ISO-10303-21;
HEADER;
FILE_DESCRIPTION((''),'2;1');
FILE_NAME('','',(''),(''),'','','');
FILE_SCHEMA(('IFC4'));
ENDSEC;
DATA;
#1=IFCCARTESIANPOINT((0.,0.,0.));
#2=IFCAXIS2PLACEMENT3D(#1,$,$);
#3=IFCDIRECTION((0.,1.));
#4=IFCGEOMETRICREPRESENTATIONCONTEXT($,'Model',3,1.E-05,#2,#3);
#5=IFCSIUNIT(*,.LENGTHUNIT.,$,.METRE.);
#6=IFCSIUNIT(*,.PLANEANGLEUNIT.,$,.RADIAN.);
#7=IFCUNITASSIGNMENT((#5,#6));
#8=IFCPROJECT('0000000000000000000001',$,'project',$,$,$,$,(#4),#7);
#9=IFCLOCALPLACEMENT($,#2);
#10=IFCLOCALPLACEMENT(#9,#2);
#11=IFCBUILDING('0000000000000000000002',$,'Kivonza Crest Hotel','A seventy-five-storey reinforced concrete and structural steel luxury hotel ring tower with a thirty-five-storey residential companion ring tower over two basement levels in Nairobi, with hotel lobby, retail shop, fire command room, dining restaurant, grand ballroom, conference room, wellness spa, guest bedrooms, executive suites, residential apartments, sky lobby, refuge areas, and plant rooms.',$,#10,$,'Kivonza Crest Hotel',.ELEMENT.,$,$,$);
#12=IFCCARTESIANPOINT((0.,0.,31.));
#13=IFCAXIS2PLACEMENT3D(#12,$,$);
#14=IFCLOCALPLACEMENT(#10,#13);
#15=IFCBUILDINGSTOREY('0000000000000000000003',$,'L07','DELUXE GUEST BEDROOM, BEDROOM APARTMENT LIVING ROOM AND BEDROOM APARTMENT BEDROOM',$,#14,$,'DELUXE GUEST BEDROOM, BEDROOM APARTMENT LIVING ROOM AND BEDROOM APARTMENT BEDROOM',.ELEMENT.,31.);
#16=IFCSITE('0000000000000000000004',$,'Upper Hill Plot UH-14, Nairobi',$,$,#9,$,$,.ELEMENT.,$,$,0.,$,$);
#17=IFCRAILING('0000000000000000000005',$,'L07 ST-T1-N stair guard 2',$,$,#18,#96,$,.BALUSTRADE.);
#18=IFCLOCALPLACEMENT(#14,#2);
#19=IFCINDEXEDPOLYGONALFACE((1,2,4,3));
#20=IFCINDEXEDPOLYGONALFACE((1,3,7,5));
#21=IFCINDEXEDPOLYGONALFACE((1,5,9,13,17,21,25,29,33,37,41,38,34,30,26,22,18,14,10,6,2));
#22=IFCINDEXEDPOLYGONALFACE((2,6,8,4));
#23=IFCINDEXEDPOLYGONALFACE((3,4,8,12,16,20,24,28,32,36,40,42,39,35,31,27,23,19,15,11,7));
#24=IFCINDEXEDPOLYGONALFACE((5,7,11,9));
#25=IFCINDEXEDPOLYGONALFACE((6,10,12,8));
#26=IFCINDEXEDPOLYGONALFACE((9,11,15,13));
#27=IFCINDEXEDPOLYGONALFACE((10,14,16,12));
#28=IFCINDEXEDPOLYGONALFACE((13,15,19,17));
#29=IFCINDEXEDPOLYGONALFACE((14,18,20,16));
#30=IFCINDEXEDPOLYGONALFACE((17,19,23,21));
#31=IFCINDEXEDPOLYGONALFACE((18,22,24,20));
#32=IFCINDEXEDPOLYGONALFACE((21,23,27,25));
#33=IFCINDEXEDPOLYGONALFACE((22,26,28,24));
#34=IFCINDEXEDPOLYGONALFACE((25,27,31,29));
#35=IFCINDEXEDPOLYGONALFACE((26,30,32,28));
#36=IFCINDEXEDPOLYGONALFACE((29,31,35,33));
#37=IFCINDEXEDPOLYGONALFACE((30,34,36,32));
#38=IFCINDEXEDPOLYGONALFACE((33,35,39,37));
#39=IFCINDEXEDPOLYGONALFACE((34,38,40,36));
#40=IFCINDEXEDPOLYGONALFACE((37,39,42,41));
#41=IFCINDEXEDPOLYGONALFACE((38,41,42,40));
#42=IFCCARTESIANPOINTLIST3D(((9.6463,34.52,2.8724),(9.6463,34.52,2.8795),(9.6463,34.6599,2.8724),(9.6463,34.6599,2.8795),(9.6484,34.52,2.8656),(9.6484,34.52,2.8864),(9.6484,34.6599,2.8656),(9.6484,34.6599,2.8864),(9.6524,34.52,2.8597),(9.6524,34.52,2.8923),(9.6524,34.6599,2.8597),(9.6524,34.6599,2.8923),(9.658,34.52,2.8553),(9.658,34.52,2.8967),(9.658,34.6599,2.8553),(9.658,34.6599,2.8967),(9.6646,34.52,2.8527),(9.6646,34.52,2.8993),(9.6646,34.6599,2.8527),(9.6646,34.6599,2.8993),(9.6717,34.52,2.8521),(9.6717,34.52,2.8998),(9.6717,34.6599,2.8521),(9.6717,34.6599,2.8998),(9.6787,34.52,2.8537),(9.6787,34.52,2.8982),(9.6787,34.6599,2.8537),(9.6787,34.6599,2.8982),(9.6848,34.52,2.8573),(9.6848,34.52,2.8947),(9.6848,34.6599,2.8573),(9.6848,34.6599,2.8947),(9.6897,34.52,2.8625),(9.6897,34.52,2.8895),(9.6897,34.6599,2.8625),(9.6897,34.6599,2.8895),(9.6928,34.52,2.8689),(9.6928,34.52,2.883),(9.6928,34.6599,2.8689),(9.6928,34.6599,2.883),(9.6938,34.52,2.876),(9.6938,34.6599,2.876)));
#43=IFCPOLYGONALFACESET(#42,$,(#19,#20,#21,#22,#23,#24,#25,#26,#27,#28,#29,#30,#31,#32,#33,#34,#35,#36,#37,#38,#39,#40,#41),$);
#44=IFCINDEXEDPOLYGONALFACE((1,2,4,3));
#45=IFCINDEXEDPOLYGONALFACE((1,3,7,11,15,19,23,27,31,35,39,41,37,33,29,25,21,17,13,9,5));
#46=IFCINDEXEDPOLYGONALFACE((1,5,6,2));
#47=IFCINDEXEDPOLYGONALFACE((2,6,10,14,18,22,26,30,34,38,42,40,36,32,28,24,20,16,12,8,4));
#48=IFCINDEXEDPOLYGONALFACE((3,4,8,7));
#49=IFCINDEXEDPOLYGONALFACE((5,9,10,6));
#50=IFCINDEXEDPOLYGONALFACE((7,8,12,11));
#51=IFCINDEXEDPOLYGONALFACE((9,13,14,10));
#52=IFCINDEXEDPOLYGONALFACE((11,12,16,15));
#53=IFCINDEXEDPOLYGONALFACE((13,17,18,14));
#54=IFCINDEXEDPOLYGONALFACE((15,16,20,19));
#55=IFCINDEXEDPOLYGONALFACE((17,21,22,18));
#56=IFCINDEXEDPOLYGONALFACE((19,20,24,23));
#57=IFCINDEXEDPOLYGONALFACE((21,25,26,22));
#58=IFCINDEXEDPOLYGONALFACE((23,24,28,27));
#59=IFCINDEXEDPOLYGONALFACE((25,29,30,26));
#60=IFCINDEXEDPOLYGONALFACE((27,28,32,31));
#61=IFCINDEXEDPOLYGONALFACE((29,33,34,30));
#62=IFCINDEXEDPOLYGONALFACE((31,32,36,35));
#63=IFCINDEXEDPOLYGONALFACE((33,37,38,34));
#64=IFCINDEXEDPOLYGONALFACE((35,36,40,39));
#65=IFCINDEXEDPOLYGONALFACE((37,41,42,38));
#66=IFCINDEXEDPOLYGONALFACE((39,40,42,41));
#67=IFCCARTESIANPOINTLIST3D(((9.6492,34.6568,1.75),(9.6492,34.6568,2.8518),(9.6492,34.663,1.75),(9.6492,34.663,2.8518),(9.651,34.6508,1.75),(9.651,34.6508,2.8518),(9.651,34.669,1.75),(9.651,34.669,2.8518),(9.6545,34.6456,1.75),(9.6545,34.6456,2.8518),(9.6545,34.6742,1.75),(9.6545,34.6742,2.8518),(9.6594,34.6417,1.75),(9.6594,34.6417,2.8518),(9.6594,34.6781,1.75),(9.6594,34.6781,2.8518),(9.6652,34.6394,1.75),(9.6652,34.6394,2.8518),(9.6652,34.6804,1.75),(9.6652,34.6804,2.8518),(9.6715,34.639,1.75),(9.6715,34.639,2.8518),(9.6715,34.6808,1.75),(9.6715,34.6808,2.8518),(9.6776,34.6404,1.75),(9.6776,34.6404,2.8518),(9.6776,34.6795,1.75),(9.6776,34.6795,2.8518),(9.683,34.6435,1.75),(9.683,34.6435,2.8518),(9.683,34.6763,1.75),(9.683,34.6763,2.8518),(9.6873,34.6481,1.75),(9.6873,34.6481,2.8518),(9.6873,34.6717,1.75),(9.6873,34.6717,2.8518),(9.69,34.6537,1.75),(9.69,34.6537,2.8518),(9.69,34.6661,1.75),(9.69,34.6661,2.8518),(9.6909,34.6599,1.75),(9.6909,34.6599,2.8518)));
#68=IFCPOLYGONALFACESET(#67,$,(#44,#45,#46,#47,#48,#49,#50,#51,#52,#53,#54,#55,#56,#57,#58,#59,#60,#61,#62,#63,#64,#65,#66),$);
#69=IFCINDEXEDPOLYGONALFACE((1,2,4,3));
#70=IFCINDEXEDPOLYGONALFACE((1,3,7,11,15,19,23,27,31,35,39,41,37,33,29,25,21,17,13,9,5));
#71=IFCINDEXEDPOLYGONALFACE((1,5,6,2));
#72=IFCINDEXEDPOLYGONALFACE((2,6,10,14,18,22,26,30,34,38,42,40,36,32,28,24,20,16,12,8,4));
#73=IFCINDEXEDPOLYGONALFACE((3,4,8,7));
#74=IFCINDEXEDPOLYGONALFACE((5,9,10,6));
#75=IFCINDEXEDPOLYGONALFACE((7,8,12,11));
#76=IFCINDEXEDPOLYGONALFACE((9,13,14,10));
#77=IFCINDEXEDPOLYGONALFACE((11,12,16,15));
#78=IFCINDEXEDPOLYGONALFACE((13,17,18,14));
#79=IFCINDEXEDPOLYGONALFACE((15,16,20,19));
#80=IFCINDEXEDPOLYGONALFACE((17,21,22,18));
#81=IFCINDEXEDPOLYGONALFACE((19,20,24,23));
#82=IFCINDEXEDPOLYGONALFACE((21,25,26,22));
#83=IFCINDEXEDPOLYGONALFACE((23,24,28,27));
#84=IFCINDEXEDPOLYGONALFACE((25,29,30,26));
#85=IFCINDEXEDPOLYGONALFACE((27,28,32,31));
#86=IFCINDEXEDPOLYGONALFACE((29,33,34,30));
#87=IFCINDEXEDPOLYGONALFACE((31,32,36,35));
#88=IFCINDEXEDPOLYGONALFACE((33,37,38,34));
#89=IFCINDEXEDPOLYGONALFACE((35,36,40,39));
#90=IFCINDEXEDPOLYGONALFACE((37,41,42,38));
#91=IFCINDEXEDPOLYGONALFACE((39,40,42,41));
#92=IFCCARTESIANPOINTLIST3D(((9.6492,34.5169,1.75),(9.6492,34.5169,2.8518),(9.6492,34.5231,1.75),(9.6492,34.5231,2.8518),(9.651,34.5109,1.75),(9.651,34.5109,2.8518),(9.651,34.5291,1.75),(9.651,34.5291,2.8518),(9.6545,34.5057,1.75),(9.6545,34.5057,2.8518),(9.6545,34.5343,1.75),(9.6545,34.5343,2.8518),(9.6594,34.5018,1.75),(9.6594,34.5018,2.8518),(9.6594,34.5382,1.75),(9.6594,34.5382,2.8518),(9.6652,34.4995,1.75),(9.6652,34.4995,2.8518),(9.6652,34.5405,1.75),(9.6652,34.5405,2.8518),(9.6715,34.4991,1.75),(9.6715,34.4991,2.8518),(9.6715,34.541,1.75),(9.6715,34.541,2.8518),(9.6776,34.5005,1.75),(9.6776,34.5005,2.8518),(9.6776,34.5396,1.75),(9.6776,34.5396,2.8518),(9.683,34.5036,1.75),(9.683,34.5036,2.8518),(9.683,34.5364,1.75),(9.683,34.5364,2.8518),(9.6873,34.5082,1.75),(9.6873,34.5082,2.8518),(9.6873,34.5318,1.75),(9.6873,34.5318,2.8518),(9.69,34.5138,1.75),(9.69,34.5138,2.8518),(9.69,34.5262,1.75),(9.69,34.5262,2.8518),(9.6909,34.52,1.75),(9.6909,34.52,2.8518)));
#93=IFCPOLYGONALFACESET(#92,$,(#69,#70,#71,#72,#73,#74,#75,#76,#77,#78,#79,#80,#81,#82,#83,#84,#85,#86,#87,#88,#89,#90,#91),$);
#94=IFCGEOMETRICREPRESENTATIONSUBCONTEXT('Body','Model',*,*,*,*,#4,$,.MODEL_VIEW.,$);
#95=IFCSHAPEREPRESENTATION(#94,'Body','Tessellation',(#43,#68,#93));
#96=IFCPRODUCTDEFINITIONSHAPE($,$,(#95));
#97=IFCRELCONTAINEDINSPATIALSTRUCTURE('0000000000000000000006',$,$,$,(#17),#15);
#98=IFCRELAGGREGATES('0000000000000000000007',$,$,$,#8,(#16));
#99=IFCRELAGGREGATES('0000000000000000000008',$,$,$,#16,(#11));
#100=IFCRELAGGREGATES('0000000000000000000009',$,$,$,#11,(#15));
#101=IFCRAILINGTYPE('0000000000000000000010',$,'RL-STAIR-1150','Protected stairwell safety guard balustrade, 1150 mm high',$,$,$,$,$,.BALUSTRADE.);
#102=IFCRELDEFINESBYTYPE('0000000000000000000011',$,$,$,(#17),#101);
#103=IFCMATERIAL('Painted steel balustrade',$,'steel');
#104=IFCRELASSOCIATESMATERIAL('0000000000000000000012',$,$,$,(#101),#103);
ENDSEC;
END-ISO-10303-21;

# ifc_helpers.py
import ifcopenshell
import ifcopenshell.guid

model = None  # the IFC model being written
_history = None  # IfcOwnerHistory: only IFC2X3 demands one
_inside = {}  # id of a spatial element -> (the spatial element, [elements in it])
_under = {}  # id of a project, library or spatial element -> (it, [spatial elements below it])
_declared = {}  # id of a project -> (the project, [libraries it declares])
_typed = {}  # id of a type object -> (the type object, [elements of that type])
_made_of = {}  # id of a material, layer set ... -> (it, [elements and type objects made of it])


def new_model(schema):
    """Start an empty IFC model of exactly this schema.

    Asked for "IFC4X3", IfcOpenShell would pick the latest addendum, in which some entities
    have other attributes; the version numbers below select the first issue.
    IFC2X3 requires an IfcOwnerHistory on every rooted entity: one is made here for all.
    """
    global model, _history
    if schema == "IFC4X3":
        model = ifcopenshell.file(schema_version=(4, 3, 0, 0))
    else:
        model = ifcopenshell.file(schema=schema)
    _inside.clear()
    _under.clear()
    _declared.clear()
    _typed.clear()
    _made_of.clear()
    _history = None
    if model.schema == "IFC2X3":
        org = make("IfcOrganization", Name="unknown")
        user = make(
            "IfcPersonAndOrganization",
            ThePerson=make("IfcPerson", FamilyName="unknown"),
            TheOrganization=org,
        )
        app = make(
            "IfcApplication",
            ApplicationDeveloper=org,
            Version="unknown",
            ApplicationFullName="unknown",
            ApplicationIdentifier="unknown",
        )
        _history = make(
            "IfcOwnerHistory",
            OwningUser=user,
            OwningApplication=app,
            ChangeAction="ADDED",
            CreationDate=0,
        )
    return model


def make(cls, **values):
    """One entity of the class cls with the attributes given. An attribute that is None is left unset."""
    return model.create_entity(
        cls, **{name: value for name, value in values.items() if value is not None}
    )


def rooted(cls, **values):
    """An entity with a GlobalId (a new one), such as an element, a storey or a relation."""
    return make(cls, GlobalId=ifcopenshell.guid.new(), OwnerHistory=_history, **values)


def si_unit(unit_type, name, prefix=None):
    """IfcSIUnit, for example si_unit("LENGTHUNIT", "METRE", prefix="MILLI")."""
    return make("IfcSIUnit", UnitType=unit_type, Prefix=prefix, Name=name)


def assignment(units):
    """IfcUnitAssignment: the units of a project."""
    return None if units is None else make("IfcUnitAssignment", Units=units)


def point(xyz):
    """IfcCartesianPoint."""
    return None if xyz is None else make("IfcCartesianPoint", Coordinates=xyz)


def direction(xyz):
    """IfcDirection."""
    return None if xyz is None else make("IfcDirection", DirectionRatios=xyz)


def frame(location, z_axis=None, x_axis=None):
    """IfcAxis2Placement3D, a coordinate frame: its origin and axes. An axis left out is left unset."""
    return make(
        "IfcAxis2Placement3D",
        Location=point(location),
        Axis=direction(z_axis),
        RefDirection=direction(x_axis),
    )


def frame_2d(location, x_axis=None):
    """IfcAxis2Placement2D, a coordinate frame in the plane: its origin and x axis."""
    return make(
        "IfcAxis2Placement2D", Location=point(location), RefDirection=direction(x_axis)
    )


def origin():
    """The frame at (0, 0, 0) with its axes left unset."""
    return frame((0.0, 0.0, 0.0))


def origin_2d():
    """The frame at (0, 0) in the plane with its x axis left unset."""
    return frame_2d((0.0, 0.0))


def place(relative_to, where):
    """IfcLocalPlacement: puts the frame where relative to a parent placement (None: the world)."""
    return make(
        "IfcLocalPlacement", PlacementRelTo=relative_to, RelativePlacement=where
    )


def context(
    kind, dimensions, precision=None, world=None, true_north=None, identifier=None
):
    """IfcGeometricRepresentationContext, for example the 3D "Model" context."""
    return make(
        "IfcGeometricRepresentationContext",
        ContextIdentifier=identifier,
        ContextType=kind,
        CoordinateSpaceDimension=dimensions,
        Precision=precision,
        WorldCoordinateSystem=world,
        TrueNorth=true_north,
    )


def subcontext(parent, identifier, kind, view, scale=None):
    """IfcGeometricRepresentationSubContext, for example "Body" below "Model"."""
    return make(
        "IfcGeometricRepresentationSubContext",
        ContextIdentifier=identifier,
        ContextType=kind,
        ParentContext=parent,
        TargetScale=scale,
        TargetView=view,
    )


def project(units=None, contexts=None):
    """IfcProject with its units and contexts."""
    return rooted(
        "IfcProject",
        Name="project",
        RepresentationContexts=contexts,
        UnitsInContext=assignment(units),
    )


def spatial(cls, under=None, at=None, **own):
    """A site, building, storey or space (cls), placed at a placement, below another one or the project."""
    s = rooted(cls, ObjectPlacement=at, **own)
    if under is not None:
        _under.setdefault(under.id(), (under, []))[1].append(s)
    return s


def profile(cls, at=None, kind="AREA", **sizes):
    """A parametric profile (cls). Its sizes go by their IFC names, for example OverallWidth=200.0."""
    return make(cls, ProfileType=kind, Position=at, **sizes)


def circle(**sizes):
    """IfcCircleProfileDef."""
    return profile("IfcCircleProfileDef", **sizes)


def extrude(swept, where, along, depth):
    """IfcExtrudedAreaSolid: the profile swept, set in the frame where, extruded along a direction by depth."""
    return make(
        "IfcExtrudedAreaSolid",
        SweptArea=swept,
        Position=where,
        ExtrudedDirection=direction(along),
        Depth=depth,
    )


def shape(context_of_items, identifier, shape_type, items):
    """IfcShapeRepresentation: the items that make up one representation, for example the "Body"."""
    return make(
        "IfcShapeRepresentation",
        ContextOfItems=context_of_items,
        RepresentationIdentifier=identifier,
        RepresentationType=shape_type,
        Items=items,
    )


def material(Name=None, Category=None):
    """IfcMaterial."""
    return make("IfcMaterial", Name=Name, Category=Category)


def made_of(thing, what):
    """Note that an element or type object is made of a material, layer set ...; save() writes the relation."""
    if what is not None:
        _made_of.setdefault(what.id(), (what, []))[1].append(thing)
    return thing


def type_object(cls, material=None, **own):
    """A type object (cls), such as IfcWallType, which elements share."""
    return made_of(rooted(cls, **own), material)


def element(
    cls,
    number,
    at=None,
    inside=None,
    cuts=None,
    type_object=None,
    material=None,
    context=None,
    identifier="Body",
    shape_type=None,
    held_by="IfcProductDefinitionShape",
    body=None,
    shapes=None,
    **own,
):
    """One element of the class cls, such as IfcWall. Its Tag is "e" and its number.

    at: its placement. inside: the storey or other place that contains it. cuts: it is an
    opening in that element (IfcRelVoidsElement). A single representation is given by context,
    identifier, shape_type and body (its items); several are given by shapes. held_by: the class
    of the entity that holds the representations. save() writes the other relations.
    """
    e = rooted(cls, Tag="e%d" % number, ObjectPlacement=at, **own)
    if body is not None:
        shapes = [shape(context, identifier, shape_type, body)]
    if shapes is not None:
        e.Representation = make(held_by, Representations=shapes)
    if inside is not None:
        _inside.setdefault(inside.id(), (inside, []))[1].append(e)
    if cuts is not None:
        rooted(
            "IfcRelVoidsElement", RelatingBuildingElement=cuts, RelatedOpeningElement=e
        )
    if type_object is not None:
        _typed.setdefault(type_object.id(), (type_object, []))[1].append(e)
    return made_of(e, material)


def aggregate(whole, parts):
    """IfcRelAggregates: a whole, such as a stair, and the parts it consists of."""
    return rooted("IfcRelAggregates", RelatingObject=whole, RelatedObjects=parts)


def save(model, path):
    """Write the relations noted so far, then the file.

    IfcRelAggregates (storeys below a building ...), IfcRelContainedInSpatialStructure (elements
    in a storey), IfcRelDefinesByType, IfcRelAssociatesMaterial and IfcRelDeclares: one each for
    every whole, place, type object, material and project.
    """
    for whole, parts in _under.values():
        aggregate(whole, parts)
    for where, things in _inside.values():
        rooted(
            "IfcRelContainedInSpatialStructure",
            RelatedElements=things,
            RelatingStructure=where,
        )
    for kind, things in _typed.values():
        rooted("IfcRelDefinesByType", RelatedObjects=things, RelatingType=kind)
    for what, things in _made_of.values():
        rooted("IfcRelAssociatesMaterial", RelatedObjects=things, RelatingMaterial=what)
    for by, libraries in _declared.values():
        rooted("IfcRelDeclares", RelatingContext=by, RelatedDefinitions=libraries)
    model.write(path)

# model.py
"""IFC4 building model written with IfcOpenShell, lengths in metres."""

from ifc_helpers import new_model, si_unit, direction, frame, origin, origin_2d, place, context, subcontext, project, spatial, circle, extrude, material, type_object, element, save


model = new_model("IFC4")

# Units and contexts
model_context = context("Model", 3, precision=1e-05, world=origin(), true_north=direction((0.0, 1.0)))
body_context = subcontext(model_context, "Body", "Model", "MODEL_VIEW")
ifc_project = project(units=[si_unit("LENGTHUNIT", "METRE"), si_unit("PLANEANGLEUNIT", "RADIAN")], contexts=[model_context])

# Site, building, storey
site_placement = place(None, origin())
site = spatial("IfcSite", under=ifc_project, at=site_placement, Name="Upper Hill Plot UH-14, Nairobi", CompositionType="ELEMENT", RefElevation=0.0)
building_placement = place(site_placement, origin())
building = spatial("IfcBuilding", under=site, at=building_placement, Name="Kivonza Crest Hotel", Description="A seventy-five-storey reinforced concrete and structural steel luxury hotel ring tower with a thirty-five-storey residential companion ring tower over two basement levels in Nairobi, with hotel lobby, retail shop, fire command room, dining restaurant, grand ballroom, conference room, wellness spa, guest bedrooms, executive suites, residential apartments, sky lobby, refuge areas, and plant rooms.", LongName="Kivonza Crest Hotel", CompositionType="ELEMENT")
storey_placement = place(building_placement, frame((0.0, 0.0, 31.0)))
storey = spatial("IfcBuildingStorey", under=building, at=storey_placement, Name="L07", Description="DELUXE GUEST BEDROOM, BEDROOM APARTMENT LIVING ROOM AND BEDROOM APARTMENT BEDROOM", LongName="DELUXE GUEST BEDROOM, BEDROOM APARTMENT LIVING ROOM AND BEDROOM APARTMENT BEDROOM", CompositionType="ELEMENT", Elevation=31.0)

# Railing
ifc_material_1 = material(Name="Painted steel balustrade", Category="steel")
railing_type_1 = type_object("IfcRailingType", Name="RL-STAIR-1150", Description="Protected stairwell safety guard balustrade, 1150 mm high", PredefinedType="BALUSTRADE", material=ifc_material_1)
railing_1_placement = place(storey_placement, frame((9.6699, 34.6599, 1.75)))
element("IfcRailing", 1, at=railing_1_placement, inside=storey, type_object=railing_type_1, Name="L07 ST-T1-N stair guard 2", PredefinedType="BALUSTRADE", context=body_context, shape_type="SweptSolid", body=[
    extrude(circle(Radius=0.0239, at=origin_2d()), frame((0.0, 0.0, 1.126), z_axis=(0.0, -1.0, 0.0), x_axis=(1.0, 0.0, 0.0)), (0.0, 0.0, 1.0), 0.1399),
    extrude(circle(Radius=0.021, at=origin_2d()), origin(), (0.0, 0.0, 1.0), 1.1018),
    extrude(circle(Radius=0.021, at=origin_2d()), frame((0.0, -0.1399, 0.0)), (0.0, 0.0, 1.0), 1.1018),
])

save(model, "model.ifc")
